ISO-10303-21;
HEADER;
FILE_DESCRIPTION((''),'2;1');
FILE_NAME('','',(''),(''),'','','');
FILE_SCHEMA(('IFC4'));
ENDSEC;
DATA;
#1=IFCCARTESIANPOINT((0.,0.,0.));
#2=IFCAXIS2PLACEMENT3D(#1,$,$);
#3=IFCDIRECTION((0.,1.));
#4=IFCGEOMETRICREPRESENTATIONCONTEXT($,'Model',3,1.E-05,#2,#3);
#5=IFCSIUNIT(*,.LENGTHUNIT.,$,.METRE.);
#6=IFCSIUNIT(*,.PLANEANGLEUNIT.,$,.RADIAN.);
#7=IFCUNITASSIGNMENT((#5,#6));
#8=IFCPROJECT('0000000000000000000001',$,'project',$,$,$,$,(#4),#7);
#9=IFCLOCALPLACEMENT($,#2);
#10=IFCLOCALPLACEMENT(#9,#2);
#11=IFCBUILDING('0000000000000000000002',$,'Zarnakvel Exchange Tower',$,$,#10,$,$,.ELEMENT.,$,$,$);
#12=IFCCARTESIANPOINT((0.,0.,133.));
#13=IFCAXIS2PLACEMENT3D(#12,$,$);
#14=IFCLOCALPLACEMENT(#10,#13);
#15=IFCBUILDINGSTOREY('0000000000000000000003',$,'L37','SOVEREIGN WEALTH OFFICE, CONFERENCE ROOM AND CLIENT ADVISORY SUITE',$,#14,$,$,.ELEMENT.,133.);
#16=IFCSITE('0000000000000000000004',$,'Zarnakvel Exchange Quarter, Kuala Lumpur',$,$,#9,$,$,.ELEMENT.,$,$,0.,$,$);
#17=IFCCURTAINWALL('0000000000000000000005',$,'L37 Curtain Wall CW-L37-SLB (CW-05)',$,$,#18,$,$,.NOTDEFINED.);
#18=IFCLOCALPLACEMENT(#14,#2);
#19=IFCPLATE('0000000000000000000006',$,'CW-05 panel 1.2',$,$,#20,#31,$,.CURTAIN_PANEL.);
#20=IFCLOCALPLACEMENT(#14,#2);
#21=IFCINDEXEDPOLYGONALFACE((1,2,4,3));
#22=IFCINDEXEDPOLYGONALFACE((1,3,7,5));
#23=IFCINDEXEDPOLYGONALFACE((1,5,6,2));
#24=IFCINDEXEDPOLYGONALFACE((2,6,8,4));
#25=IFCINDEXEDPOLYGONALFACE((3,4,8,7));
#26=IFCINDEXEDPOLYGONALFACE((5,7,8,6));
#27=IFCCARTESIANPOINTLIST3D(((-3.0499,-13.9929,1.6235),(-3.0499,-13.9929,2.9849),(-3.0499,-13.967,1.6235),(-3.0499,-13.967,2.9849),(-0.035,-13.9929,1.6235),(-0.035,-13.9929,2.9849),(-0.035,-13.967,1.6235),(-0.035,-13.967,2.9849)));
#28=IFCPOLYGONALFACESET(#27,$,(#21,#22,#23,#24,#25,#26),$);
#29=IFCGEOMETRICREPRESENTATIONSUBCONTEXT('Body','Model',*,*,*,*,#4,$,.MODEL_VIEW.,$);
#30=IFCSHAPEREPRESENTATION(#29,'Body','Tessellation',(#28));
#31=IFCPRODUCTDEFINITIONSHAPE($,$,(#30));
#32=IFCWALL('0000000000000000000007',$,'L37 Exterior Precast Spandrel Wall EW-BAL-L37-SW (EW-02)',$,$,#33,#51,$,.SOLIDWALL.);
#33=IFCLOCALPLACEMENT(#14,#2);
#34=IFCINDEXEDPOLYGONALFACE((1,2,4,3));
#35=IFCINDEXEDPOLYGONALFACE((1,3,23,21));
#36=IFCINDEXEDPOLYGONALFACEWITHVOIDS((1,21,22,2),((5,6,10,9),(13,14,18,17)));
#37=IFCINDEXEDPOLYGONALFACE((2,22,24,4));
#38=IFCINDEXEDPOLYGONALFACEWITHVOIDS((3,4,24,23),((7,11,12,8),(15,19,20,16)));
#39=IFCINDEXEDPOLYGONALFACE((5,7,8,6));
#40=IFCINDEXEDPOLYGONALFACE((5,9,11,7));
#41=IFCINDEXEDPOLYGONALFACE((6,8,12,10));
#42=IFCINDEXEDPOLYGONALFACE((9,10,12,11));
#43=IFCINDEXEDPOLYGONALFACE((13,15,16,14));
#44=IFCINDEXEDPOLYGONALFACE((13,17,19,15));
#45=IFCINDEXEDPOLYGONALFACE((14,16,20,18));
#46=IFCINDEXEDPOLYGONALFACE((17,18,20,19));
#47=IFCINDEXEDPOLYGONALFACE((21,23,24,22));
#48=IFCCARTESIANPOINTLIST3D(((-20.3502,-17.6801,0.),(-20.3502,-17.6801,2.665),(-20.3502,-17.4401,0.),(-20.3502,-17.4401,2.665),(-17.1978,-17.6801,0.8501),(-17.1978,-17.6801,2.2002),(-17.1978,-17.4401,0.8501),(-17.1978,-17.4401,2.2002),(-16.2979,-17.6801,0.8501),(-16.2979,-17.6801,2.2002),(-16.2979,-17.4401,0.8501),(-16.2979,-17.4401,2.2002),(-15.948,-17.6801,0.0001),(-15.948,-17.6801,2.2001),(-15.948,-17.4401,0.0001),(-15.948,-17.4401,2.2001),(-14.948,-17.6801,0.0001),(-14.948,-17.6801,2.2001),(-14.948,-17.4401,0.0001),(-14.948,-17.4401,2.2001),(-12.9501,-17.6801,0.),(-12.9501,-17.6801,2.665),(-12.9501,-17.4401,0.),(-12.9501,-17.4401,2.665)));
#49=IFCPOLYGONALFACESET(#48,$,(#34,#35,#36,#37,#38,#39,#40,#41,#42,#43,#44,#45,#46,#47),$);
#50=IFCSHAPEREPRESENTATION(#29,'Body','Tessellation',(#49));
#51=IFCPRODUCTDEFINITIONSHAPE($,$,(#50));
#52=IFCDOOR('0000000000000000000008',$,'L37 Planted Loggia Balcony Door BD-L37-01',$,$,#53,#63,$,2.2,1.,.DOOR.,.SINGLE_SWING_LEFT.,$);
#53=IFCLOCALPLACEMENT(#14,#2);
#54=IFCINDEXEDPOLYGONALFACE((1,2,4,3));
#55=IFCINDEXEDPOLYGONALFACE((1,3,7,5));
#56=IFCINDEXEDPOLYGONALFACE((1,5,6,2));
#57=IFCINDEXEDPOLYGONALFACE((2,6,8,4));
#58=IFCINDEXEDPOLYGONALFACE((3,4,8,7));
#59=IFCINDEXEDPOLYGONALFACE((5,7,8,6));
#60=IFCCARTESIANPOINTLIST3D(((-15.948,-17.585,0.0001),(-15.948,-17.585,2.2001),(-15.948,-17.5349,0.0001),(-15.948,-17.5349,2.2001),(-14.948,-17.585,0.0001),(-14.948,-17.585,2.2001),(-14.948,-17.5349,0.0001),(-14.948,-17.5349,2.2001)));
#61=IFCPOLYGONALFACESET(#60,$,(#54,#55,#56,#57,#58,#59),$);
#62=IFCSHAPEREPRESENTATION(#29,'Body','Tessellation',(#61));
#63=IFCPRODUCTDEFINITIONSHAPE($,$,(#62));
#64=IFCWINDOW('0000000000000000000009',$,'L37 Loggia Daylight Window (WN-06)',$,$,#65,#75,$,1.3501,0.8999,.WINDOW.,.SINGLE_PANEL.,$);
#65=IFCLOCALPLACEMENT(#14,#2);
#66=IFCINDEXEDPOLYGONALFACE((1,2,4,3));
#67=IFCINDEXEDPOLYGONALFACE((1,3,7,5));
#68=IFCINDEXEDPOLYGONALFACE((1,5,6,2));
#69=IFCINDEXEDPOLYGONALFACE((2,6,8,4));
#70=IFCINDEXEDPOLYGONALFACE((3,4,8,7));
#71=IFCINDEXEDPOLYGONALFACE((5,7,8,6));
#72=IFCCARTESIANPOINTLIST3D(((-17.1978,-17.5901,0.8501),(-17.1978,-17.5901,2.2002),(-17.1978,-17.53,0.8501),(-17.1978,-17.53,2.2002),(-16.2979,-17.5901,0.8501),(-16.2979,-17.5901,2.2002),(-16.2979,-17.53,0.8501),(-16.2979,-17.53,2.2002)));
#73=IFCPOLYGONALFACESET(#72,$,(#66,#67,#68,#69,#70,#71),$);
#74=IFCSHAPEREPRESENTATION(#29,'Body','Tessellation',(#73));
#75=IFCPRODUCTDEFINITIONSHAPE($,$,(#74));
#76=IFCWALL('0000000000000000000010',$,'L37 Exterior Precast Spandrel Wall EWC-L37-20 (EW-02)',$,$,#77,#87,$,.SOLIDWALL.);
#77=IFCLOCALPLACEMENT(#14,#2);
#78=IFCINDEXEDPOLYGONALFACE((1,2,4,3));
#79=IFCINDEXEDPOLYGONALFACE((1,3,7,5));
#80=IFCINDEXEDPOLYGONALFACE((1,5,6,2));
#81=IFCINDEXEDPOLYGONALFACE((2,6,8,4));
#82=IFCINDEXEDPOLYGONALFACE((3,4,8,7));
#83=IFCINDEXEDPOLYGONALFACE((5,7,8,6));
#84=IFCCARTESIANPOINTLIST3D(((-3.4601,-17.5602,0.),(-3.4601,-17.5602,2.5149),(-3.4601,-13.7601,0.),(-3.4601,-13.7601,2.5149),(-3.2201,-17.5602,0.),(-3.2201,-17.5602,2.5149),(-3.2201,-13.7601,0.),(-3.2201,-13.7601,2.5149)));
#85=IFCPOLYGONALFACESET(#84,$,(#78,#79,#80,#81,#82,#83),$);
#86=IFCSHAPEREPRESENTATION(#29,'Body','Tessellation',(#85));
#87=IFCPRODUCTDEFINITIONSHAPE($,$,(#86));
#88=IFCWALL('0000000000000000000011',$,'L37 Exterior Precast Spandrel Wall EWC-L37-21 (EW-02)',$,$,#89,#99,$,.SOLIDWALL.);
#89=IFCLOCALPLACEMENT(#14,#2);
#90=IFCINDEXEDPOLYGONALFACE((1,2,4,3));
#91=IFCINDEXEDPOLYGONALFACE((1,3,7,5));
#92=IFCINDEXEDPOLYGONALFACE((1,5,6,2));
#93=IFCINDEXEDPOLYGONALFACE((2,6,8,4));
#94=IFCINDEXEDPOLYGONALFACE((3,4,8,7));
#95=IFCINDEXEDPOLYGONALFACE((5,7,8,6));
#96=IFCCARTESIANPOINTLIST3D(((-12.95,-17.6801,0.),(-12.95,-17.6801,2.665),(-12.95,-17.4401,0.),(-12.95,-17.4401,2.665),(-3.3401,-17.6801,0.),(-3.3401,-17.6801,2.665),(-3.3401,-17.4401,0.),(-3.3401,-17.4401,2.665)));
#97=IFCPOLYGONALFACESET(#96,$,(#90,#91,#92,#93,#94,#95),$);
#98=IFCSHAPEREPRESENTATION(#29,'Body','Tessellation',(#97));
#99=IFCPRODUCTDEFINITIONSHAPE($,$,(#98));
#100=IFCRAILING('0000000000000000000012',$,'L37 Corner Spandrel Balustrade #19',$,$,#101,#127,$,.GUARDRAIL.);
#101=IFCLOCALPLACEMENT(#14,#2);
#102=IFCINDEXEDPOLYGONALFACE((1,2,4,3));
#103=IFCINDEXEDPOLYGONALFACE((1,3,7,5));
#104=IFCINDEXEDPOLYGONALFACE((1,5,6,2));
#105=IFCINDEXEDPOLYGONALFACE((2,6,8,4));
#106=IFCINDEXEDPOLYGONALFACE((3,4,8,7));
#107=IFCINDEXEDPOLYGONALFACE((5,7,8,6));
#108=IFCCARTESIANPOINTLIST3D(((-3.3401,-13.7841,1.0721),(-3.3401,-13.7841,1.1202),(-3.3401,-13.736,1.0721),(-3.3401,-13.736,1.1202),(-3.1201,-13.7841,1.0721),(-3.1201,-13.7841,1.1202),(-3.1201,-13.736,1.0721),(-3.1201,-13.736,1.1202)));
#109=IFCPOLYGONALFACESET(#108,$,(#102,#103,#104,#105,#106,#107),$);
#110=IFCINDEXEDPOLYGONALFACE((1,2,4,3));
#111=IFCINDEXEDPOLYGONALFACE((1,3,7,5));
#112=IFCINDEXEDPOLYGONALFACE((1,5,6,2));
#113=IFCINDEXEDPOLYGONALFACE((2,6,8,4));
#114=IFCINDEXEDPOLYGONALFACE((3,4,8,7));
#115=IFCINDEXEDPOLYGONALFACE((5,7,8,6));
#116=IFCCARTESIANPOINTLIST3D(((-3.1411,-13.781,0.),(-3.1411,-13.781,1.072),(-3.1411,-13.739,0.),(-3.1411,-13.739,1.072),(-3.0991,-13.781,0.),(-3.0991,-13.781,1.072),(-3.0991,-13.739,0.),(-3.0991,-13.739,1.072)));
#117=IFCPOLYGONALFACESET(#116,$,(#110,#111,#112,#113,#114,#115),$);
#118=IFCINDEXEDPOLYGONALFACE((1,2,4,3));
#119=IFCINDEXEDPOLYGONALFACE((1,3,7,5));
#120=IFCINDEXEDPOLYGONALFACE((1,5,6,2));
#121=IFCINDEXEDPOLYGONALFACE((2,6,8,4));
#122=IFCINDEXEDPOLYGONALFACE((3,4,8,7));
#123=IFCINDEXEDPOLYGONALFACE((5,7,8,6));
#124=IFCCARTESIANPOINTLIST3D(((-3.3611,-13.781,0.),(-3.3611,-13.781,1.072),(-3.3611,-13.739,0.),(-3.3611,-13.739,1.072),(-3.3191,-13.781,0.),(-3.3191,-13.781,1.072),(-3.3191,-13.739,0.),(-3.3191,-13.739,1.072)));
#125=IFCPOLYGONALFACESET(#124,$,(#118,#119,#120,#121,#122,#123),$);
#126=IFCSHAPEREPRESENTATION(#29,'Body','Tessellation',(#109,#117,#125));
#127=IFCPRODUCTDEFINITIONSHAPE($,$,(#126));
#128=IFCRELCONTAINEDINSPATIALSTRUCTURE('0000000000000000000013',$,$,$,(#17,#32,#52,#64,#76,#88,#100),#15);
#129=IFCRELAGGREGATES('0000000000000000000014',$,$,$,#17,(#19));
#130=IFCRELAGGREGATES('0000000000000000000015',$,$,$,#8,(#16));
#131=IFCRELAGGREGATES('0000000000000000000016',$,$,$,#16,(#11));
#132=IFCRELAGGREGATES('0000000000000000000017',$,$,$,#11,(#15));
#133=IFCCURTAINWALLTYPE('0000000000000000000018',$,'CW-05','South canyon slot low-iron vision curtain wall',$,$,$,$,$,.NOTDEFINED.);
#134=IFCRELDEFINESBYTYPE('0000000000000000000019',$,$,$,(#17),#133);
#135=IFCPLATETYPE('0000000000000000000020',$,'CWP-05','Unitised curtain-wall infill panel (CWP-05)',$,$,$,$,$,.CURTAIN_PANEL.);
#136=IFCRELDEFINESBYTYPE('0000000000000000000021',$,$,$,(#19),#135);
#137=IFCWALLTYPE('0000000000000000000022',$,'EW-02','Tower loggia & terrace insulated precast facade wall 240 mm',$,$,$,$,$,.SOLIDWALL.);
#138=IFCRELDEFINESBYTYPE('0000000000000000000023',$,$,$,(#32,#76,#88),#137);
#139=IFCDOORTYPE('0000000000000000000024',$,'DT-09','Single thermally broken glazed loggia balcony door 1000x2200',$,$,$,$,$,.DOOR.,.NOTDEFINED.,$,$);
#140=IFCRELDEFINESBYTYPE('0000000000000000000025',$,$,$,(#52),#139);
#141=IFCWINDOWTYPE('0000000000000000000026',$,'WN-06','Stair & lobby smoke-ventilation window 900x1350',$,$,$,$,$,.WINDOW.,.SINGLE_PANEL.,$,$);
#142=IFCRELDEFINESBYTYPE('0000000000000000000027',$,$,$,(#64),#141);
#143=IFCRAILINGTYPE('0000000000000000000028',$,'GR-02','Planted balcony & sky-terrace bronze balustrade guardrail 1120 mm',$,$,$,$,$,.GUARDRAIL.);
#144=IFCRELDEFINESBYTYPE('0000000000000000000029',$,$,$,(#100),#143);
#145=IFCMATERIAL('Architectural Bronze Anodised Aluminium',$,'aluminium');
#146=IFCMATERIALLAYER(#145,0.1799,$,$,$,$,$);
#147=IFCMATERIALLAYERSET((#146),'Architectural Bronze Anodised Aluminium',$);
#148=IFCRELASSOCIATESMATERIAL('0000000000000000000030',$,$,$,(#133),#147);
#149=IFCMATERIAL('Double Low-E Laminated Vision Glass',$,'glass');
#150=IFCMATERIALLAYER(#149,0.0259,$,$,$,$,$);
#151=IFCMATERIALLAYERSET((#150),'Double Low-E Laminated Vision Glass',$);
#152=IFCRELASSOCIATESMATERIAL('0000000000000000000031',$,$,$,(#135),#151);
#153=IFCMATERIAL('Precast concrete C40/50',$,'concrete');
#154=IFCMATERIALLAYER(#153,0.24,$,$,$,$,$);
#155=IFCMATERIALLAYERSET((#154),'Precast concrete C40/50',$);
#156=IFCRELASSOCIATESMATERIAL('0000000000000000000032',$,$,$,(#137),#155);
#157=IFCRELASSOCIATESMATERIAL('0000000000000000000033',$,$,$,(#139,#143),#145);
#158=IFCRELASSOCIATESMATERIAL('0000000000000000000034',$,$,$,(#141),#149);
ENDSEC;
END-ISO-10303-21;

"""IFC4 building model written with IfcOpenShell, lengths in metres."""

from ifc_helpers import new_model, si_unit, direction, frame, frame_2d, origin, origin_2d, place, context, subcontext, project, spatial, rectangle, extrude, source, transform, mapped, material, layer, layer_set, type_object, element, fill, aggregate, save


model = new_model("IFC4")

# Units and contexts
model_context = context("Model", 3, precision=1e-05, world=origin(), true_north=direction((0.0, 1.0)))
body_context = subcontext(model_context, "Body", "Model", "MODEL_VIEW")
ifc_project = project(units=[si_unit("LENGTHUNIT", "METRE"), si_unit("PLANEANGLEUNIT", "RADIAN")], contexts=[model_context])

# Site, building, storey
site_placement = place(None, origin())
site = spatial("IfcSite", under=ifc_project, at=site_placement, Name="Zarnakvel Exchange Quarter, Kuala Lumpur", CompositionType="ELEMENT", RefElevation=0.0)
building_placement = place(site_placement, origin())
building = spatial("IfcBuilding", under=site, at=building_placement, Name="Zarnakvel Exchange Tower", CompositionType="ELEMENT")
storey_placement = place(building_placement, frame((0.0, 0.0, 133.0)))
storey = spatial("IfcBuildingStorey", under=building, at=storey_placement, Name="L37", Description="SOVEREIGN WEALTH OFFICE, CONFERENCE ROOM AND CLIENT ADVISORY SUITE", CompositionType="ELEMENT", Elevation=133.0)

# Curtain wall
ifc_material_1 = material(Name="Architectural Bronze Anodised Aluminium", Category="aluminium")
ifc_layer_1 = layer(ifc_material_1, 0.1799)
ifc_layer_set_1 = layer_set([ifc_layer_1], Name="Architectural Bronze Anodised Aluminium")
curtain_wall_type = type_object("IfcCurtainWallType", Name="CW-05", Description="South canyon slot low-iron vision curtain wall", PredefinedType="NOTDEFINED", material=ifc_layer_set_1)
curtain_wall_1_placement = place(storey_placement, origin())
curtain_wall_1 = element("IfcCurtainWall", 1, at=curtain_wall_1_placement, inside=storey, type_object=curtain_wall_type, Name="L37 Curtain Wall CW-L37-SLB (CW-05)", PredefinedType="NOTDEFINED")

# Plate
ifc_material_2 = material(Name="Double Low-E Laminated Vision Glass", Category="glass")
ifc_layer_2 = layer(ifc_material_2, 0.0259)
ifc_layer_set_2 = layer_set([ifc_layer_2], Name="Double Low-E Laminated Vision Glass")
plate_type = type_object("IfcPlateType", Name="CWP-05", Description="Unitised curtain-wall infill panel (CWP-05)", PredefinedType="CURTAIN_PANEL", material=ifc_layer_set_2)
shared_shape_1 = source(origin(), body_context, "Body", "SweptSolid", [
    extrude(rectangle(XDim=3.0149, YDim=0.0259, at=origin_2d()), origin(), (0.0, 0.0, 1.0), 1.3613),
])
plate_1_placement = place(storey_placement, frame((-1.5425, -13.98, 1.6235), z_axis=(0.0, 0.0, 1.0), x_axis=(1.0, 0.0, 0.0)))
plate_1 = element("IfcPlate", 2, at=plate_1_placement, type_object=plate_type, Name="CW-05 panel 1.2", PredefinedType="CURTAIN_PANEL", context=body_context, shape_type="MappedRepresentation", body=[
    mapped(shared_shape_1, transform((0.0, 0.0, 0.0), x_axis=(1.0, 0.0, 0.0), y_axis=(0.0, 1.0, 0.0), z_axis=(0.0, 0.0, 1.0), scale=1.0)),
])
aggregate(curtain_wall_1, [plate_1])

# Wall, openings, door, window
ifc_material_3 = material(Name="Precast concrete C40/50", Category="concrete")
ifc_layer_3 = layer(ifc_material_3, 0.24)
ifc_layer_set_3 = layer_set([ifc_layer_3], Name="Precast concrete C40/50")
wall_type = type_object("IfcWallType", Name="EW-02", Description="Tower loggia & terrace insulated precast facade wall 240 mm", PredefinedType="SOLIDWALL", material=ifc_layer_set_3)
wall_1_placement = place(storey_placement, frame((-12.95, -17.5601, 0.0), z_axis=(0.0, 0.0, 1.0), x_axis=(-1.0, 0.0, 0.0)))
wall_1 = element("IfcWall", 3, at=wall_1_placement, inside=storey, type_object=wall_type, Name="L37 Exterior Precast Spandrel Wall EW-BAL-L37-SW (EW-02)", PredefinedType="SOLIDWALL", context=body_context, shape_type="SweptSolid", body=[
    extrude(rectangle(XDim=7.4001, YDim=0.24, at=frame_2d((3.7002, 0.0))), origin(), (0.0, 0.0, 1.0), 2.665),
])
opening_1_placement = place(wall_1_placement, frame((1.998, 0.0, 0.0)))
opening_1 = element("IfcOpeningElement", 4, at=opening_1_placement, cuts=wall_1, PredefinedType="OPENING", context=body_context, shape_type="SweptSolid", body=[
    extrude(rectangle(XDim=1.0, YDim=2.2, at=frame_2d((0.5, 1.1001))), frame((0.0, 0.1299, 0.0), z_axis=(0.0, -1.0, 0.0), x_axis=(1.0, 0.0, 0.0)), (0.0, 0.0, 1.0), 0.26),
])
opening_2_placement = place(wall_1_placement, frame((3.3479, 0.0, 0.8501)))
opening_2 = element("IfcOpeningElement", 5, at=opening_2_placement, cuts=wall_1, PredefinedType="OPENING", context=body_context, shape_type="SweptSolid", body=[
    extrude(rectangle(XDim=0.8999, YDim=1.3501, at=frame_2d((0.45, 0.675))), frame((0.0, 0.1299, 0.0), z_axis=(0.0, -1.0, 0.0), x_axis=(1.0, 0.0, 0.0)), (0.0, 0.0, 1.0), 0.26),
])
door_type = type_object("IfcDoorType", Name="DT-09", Description="Single thermally broken glazed loggia balcony door 1000x2200", OperationType="NOTDEFINED", PredefinedType="DOOR", material=ifc_material_1)
shared_shape_2 = source(origin(), body_context, "Body", "SweptSolid", [
    extrude(rectangle(XDim=1.0, YDim=2.2, at=frame_2d((0.5, 1.1001))), frame((0.0, 0.0249, 0.0), z_axis=(0.0, -1.0, 0.0), x_axis=(1.0, 0.0, 0.0)), (0.0, 0.0, 1.0), 0.05),
])
door_placement = place(opening_1_placement, origin())
door = element("IfcDoor", 6, at=door_placement, inside=storey, type_object=door_type, Name="L37 Planted Loggia Balcony Door BD-L37-01", OperationType="SINGLE_SWING_LEFT", OverallHeight=2.2, OverallWidth=1.0, PredefinedType="DOOR", context=body_context, shape_type="MappedRepresentation", body=[
    mapped(shared_shape_2, transform((0.0, 0.0, 0.0), x_axis=(1.0, 0.0, 0.0), y_axis=(0.0, 1.0, 0.0), z_axis=(0.0, 0.0, 1.0), scale=1.0)),
])
fill(opening_1, door)
window_type = type_object("IfcWindowType", Name="WN-06", Description="Stair & lobby smoke-ventilation window 900x1350", PartitioningType="SINGLE_PANEL", PredefinedType="WINDOW", material=ifc_material_2)
shared_shape_3 = source(origin(), body_context, "Body", "SweptSolid", [
    extrude(rectangle(XDim=0.8999, YDim=1.3501, at=frame_2d((0.45, 0.675))), frame((0.0, 0.03, 0.0), z_axis=(0.0, -1.0, 0.0), x_axis=(1.0, 0.0, 0.0)), (0.0, 0.0, 1.0), 0.0601),
])
window_placement = place(opening_2_placement, origin())
window = element("IfcWindow", 7, at=window_placement, inside=storey, type_object=window_type, Name="L37 Loggia Daylight Window (WN-06)", OverallHeight=1.3501, OverallWidth=0.8999, PartitioningType="SINGLE_PANEL", PredefinedType="WINDOW", context=body_context, shape_type="MappedRepresentation", body=[
    mapped(shared_shape_3, transform((0.0, 0.0, 0.0), x_axis=(1.0, 0.0, 0.0), y_axis=(0.0, 1.0, 0.0), z_axis=(0.0, 0.0, 1.0), scale=1.0)),
])
fill(opening_2, window)

# Walls
wall_2_placement = place(storey_placement, frame((-3.3401, -17.5601, 0.0), z_axis=(0.0, 0.0, 1.0), x_axis=(0.0, 1.0, 0.0)))
element("IfcWall", 8, at=wall_2_placement, inside=storey, type_object=wall_type, Name="L37 Exterior Precast Spandrel Wall EWC-L37-20 (EW-02)", PredefinedType="SOLIDWALL", context=body_context, shape_type="SweptSolid", body=[
    extrude(rectangle(XDim=3.8, YDim=0.24, at=frame_2d((1.8999, 0.0))), origin(), (0.0, 0.0, 1.0), 2.5149),
])
wall_3_placement = place(storey_placement, frame((-12.95, -17.5601, 0.0), z_axis=(0.0, 0.0, 1.0), x_axis=(1.0, 0.0, 0.0)))
element("IfcWall", 9, at=wall_3_placement, inside=storey, type_object=wall_type, Name="L37 Exterior Precast Spandrel Wall EWC-L37-21 (EW-02)", PredefinedType="SOLIDWALL", context=body_context, shape_type="SweptSolid", body=[
    extrude(rectangle(XDim=9.6099, YDim=0.24, at=frame_2d((4.8049, 0.0))), origin(), (0.0, 0.0, 1.0), 2.665),
])

# Railing
railing_type_1 = type_object("IfcRailingType", Name="GR-02", Description="Planted balcony & sky-terrace bronze balustrade guardrail 1120 mm", PredefinedType="GUARDRAIL", material=ifc_material_1)
railing_1_placement = place(storey_placement, frame((-3.1201, -13.76, 0.0)))
element("IfcRailing", 10, at=railing_1_placement, inside=storey, type_object=railing_type_1, Name="L37 Corner Spandrel Balustrade #19", PredefinedType="GUARDRAIL", context=body_context, shape_type="SweptSolid", body=[
    extrude(rectangle(XDim=0.0481, YDim=0.0481, at=origin_2d()), frame((0.0, 0.0, 1.0962), z_axis=(-1.0, 0.0, 0.0), x_axis=(0.0, -1.0, 0.0)), (0.0, 0.0, 1.0), 0.22),
    extrude(rectangle(XDim=0.042, YDim=0.042, at=origin_2d()), origin(), (0.0, 0.0, 1.0), 1.072),
    extrude(rectangle(XDim=0.042, YDim=0.042, at=origin_2d()), frame((-0.22, 0.0, 0.0)), (0.0, 0.0, 1.0), 1.072),
])

save(model, "model.ifc")
